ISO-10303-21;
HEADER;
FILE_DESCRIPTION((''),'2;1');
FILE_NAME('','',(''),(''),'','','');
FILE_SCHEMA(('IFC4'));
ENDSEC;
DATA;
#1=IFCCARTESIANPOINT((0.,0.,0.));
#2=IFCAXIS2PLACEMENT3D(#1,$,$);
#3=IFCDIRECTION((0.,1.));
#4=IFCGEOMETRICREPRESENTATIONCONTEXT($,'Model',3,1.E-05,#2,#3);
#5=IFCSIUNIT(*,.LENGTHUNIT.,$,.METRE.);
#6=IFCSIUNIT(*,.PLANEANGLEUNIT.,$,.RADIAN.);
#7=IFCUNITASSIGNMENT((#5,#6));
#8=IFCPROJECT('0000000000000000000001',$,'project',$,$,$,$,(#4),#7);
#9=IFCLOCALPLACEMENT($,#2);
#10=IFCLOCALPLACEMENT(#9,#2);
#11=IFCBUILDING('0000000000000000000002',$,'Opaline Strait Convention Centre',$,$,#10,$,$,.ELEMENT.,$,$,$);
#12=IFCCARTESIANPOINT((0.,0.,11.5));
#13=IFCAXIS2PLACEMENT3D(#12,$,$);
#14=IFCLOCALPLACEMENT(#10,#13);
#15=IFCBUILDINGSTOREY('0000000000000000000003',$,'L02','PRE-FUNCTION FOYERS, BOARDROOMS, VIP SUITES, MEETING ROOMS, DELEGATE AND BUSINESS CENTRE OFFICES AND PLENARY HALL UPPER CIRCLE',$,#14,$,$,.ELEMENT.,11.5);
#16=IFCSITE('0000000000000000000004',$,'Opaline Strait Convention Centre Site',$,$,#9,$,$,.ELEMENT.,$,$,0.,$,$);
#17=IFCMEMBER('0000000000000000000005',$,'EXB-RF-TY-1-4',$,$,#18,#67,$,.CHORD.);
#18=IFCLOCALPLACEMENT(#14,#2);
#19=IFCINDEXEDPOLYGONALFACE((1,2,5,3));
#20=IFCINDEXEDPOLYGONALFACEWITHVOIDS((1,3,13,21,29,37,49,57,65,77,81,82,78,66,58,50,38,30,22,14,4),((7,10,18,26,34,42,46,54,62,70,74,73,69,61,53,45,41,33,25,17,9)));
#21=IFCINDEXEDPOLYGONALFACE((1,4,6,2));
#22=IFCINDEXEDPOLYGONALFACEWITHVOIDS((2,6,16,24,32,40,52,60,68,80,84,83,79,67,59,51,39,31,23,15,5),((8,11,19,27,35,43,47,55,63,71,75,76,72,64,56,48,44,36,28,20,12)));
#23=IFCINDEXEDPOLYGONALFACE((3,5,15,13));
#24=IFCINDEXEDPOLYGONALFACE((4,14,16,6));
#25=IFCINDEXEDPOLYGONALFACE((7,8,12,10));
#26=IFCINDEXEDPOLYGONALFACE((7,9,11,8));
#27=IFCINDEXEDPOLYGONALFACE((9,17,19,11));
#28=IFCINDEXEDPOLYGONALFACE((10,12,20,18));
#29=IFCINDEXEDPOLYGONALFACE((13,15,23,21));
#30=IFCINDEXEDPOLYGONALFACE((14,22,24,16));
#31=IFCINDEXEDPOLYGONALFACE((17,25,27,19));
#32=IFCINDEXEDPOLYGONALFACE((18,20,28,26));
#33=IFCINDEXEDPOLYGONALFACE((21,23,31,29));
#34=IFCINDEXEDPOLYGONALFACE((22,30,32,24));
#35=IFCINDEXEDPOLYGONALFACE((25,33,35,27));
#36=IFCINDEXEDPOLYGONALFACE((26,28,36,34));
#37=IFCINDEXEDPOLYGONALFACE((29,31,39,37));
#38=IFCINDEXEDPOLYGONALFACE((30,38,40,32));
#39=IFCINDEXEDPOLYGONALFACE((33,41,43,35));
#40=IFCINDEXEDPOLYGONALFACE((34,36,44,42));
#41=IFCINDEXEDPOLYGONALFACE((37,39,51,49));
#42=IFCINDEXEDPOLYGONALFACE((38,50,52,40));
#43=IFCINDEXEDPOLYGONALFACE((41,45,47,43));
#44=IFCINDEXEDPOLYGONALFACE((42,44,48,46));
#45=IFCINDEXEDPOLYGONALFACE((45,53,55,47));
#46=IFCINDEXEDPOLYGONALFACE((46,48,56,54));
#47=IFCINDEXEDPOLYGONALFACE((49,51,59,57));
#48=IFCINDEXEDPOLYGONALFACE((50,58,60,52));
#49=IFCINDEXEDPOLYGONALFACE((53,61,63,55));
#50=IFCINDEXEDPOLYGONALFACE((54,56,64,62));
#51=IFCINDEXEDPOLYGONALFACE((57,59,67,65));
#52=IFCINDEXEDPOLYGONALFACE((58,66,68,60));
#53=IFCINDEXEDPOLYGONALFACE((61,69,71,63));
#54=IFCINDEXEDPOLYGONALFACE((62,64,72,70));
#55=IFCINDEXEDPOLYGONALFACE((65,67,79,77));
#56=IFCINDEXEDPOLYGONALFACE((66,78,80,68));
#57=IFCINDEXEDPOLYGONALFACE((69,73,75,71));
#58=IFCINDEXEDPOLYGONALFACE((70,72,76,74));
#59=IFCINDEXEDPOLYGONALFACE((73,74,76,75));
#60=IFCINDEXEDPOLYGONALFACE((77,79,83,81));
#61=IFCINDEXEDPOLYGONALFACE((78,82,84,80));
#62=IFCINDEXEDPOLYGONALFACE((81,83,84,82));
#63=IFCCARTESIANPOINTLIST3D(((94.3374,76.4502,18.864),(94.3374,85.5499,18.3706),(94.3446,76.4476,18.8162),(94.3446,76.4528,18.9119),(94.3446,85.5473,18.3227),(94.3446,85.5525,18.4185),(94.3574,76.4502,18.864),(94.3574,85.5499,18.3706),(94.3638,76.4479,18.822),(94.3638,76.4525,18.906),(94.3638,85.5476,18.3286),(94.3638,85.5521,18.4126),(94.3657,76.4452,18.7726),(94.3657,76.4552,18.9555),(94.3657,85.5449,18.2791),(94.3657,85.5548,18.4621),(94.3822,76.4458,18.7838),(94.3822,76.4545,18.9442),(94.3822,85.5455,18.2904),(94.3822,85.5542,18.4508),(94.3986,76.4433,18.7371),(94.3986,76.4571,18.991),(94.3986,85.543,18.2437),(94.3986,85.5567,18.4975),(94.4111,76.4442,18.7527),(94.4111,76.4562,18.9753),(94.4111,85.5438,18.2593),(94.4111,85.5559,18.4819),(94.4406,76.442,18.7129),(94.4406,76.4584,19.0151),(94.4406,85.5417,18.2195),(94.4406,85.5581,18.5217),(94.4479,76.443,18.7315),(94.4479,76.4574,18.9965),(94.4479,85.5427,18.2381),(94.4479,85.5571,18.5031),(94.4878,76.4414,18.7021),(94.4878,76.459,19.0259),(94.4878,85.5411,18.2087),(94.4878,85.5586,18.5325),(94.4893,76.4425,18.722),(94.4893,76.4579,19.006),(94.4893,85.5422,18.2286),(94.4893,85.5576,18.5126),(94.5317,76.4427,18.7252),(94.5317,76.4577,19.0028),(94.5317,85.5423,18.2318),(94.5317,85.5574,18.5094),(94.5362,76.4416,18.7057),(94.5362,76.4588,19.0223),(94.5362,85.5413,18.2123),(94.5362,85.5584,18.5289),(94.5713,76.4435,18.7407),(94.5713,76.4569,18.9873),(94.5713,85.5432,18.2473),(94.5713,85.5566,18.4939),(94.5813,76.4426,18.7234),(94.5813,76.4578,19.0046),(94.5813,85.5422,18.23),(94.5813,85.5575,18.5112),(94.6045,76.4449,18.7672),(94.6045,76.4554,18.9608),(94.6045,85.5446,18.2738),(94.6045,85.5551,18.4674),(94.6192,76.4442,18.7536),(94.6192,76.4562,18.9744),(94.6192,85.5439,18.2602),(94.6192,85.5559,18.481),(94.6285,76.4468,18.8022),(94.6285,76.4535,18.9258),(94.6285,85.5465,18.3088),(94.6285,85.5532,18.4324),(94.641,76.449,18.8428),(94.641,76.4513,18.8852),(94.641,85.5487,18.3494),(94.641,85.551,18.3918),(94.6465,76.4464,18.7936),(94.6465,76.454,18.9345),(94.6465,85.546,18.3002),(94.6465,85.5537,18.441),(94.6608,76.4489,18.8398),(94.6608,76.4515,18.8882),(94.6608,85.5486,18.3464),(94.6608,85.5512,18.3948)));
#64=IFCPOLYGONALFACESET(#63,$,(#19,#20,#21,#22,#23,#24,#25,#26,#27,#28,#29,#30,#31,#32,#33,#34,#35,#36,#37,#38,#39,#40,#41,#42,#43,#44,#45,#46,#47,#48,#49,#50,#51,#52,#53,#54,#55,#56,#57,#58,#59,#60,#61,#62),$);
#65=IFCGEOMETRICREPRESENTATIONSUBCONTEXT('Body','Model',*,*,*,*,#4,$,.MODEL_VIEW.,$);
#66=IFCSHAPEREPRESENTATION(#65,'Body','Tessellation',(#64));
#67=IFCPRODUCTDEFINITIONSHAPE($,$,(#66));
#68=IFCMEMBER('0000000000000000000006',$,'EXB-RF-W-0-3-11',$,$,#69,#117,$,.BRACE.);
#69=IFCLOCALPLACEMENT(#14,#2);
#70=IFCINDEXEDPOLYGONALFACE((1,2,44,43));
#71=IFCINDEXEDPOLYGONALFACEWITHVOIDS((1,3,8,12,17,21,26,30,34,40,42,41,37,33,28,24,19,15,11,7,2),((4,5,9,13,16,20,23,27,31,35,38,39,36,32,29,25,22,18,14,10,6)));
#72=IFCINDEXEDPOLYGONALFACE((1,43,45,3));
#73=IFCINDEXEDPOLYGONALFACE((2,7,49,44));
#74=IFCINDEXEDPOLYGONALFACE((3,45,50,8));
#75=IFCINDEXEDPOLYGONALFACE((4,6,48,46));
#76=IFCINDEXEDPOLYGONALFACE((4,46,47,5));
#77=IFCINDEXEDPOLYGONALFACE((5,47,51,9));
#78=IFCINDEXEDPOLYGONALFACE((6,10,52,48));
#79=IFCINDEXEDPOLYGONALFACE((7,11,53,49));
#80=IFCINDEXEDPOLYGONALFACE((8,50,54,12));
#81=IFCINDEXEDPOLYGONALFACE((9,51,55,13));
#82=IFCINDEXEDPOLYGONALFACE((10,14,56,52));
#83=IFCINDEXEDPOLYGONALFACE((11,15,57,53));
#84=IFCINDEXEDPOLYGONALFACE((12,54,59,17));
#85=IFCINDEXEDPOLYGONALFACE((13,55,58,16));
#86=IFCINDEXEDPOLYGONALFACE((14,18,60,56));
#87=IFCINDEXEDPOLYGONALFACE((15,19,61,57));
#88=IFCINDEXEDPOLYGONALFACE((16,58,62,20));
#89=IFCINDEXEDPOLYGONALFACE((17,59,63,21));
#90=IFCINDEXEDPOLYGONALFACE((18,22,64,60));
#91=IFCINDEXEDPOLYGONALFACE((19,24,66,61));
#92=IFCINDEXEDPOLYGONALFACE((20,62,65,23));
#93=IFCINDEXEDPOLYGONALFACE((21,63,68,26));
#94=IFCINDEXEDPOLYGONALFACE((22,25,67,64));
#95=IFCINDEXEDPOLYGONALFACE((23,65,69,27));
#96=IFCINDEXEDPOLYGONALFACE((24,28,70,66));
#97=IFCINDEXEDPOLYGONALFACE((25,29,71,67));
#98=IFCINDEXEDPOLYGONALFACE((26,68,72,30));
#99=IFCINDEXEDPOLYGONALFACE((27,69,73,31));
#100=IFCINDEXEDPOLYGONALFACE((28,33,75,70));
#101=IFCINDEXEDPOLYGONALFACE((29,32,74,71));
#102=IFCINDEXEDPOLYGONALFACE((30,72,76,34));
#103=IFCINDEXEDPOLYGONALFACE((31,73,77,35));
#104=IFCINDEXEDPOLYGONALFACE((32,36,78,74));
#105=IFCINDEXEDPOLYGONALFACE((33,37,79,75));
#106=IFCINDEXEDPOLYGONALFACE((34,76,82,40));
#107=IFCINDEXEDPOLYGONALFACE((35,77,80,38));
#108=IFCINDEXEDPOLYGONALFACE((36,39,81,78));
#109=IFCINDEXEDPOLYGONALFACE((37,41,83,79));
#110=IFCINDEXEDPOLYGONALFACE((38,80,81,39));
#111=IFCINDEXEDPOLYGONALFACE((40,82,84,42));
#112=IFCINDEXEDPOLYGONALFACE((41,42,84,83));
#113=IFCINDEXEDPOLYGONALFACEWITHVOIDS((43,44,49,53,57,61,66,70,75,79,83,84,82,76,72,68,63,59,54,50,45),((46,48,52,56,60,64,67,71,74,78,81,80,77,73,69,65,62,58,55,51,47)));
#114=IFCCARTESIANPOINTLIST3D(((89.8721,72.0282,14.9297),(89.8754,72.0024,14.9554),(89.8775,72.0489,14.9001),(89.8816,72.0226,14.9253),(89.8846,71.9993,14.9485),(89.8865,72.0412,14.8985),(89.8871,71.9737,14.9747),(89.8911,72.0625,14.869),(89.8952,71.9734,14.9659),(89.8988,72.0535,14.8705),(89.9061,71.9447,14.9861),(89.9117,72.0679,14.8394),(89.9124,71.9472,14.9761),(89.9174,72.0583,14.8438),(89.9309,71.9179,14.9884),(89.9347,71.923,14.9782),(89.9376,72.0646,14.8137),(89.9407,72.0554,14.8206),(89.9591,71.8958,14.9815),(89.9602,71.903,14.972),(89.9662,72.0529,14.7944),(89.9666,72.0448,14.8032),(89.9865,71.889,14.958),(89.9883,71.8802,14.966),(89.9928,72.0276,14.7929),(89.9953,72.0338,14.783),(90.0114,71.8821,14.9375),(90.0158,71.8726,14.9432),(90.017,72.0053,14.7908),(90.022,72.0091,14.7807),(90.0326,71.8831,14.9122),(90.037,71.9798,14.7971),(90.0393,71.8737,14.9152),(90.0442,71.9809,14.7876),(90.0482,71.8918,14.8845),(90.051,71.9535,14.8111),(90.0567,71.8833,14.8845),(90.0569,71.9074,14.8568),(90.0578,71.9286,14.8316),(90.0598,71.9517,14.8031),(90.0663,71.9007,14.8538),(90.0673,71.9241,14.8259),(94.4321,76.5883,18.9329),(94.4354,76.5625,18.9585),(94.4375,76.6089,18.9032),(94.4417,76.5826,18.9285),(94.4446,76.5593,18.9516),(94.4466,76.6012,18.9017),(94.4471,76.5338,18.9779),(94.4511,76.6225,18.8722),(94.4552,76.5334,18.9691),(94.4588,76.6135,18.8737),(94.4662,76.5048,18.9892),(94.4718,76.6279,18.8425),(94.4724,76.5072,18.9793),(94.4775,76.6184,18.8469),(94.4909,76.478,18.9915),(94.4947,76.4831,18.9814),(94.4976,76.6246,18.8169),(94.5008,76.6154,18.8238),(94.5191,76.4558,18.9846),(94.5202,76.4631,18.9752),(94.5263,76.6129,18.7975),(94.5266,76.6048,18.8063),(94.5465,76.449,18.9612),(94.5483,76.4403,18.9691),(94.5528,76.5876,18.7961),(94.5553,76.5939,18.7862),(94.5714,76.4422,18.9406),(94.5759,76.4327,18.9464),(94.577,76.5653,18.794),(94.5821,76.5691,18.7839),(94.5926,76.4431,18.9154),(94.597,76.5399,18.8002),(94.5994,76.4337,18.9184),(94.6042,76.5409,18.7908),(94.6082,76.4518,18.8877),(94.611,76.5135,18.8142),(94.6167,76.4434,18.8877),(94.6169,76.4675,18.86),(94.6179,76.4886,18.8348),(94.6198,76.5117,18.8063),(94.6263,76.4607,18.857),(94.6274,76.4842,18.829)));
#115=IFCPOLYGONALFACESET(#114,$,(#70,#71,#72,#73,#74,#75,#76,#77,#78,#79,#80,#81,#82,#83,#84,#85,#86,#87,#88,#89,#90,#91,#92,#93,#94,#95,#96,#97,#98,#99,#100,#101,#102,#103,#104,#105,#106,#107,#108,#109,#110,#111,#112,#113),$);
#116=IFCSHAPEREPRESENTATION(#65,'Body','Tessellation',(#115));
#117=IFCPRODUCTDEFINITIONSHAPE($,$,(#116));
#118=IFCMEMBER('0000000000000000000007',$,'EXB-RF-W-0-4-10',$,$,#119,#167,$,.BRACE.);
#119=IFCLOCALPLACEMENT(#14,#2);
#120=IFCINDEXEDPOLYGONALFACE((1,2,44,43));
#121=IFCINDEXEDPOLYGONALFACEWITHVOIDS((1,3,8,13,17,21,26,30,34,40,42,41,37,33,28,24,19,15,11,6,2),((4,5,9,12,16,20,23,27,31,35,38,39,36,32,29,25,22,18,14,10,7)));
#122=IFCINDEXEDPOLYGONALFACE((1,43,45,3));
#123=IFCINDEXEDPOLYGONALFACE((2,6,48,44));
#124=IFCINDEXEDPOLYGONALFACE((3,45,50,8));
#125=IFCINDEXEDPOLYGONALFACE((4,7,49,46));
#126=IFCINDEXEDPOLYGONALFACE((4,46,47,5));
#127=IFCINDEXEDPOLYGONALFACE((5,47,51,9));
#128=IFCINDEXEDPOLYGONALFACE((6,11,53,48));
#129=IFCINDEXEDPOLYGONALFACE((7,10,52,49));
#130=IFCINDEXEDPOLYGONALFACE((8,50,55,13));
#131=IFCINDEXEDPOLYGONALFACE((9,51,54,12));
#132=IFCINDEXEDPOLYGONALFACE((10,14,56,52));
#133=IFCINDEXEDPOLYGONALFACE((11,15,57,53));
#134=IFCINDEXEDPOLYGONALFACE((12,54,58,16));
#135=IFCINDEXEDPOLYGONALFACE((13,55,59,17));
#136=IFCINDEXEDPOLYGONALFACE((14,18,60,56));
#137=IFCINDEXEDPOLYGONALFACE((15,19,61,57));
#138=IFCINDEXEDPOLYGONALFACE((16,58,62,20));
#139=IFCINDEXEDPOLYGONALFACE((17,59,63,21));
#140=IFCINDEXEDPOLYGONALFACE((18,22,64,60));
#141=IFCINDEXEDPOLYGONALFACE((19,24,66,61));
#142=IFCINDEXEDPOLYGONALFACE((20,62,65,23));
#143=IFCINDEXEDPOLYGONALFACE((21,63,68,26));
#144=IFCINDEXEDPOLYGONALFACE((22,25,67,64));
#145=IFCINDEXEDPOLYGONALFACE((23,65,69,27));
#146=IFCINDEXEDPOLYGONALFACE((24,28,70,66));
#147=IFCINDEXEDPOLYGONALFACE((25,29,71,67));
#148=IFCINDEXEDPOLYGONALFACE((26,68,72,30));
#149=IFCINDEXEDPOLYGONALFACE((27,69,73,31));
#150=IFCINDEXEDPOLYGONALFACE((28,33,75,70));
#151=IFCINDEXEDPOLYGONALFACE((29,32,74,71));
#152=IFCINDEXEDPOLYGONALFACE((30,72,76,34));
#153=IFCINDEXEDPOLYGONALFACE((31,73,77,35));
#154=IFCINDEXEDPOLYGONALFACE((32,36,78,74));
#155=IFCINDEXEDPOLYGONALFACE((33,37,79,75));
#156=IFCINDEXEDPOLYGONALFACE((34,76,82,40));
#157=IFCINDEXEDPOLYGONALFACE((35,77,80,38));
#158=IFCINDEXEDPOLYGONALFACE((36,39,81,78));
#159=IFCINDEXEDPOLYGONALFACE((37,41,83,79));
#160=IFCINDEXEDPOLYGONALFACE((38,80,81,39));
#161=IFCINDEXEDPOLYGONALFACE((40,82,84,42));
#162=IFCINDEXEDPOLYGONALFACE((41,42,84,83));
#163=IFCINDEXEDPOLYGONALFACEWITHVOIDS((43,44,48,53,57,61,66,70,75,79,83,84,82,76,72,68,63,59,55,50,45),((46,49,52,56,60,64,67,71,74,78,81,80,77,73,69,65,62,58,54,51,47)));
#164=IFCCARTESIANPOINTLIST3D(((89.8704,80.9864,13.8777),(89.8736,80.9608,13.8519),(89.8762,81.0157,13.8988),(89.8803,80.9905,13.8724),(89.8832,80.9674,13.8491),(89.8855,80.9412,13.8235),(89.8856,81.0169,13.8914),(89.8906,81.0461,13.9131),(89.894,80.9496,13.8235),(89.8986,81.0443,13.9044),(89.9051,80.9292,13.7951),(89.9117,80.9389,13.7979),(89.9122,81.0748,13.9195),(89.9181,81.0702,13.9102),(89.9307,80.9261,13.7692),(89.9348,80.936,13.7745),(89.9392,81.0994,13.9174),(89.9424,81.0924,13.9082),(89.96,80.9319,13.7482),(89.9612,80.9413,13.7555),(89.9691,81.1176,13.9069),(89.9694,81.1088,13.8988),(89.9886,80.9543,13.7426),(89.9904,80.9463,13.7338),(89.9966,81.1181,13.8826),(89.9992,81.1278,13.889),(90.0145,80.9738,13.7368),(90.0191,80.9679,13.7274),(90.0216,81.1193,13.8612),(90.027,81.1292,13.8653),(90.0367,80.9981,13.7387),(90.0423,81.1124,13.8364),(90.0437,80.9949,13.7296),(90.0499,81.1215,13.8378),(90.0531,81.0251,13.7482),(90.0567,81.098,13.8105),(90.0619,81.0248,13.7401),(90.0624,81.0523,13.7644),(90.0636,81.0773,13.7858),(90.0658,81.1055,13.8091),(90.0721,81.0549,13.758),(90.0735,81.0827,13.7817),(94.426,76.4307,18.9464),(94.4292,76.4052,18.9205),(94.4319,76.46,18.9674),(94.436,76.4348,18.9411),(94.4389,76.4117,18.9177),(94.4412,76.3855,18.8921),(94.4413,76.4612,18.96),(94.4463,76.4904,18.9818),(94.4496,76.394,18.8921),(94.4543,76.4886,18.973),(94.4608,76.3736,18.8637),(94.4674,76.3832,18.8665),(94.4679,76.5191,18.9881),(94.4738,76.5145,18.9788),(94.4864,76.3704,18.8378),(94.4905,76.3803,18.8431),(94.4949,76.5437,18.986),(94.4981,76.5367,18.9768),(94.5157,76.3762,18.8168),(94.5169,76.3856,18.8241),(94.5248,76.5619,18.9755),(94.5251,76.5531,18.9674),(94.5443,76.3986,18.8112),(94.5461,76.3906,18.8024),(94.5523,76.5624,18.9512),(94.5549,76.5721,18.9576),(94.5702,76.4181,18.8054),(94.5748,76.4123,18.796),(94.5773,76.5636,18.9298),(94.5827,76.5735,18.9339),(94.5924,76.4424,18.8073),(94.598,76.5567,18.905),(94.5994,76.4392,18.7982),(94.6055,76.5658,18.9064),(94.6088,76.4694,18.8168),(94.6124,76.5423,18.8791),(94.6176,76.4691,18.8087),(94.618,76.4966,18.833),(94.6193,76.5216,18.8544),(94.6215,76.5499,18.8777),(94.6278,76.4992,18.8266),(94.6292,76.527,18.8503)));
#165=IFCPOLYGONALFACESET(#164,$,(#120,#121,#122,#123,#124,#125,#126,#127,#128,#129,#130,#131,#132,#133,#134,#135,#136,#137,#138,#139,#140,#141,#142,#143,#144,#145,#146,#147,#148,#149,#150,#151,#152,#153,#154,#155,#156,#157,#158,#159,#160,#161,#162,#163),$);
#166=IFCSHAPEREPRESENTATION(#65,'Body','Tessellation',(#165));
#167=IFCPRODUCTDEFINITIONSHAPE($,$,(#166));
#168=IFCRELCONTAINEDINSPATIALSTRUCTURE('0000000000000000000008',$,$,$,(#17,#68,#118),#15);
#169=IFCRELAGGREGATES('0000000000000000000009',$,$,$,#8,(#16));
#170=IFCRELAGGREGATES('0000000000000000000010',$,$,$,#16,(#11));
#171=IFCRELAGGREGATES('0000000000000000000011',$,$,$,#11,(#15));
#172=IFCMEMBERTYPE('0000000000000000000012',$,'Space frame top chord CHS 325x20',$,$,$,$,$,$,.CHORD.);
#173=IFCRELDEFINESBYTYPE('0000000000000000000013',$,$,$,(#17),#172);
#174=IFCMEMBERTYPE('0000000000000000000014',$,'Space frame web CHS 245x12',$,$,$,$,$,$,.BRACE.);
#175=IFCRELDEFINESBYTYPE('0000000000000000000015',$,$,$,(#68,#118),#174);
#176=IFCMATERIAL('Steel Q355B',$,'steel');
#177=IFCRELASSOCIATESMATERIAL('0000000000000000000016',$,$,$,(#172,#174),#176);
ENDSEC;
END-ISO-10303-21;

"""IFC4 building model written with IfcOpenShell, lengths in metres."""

from ifc_helpers import new_model, si_unit, direction, frame, origin, origin_2d, place, context, subcontext, project, spatial, hollow_circle, extrude, material, material_profile, profile_set, type_object, element, save


model = new_model("IFC4")

# Units and contexts
model_context = context("Model", 3, precision=1e-05, world=origin(), true_north=direction((0.0, 1.0)))
body_context = subcontext(model_context, "Body", "Model", "MODEL_VIEW")
ifc_project = project(units=[si_unit("LENGTHUNIT", "METRE"), si_unit("PLANEANGLEUNIT", "RADIAN")], contexts=[model_context])

# Site, building, storey
site_placement = place(None, origin())
site = spatial("IfcSite", under=ifc_project, at=site_placement, Name="Opaline Strait Convention Centre Site", CompositionType="ELEMENT", RefElevation=0.0)
building_placement = place(site_placement, origin())
building = spatial("IfcBuilding", under=site, at=building_placement, Name="Opaline Strait Convention Centre", CompositionType="ELEMENT")
storey_placement = place(building_placement, frame((0.0, 0.0, 11.5)))
storey = spatial("IfcBuildingStorey", under=building, at=storey_placement, Name="L02", Description="PRE-FUNCTION FOYERS, BOARDROOMS, VIP SUITES, MEETING ROOMS, DELEGATE AND BUSINESS CENTRE OFFICES AND PLENARY HALL UPPER CIRCLE", CompositionType="ELEMENT", Elevation=11.5)

# Members
ifc_material_1 = material(Name="Steel Q355B", Category="steel")
ifc_material_profile_1 = material_profile(ifc_material_1, hollow_circle(Radius=0.1626, WallThickness=0.02, at=origin_2d()), Name="CHS 325x20")
ifc_profile_set_1 = profile_set([ifc_material_profile_1], Name="Steel Q355B")
member_type_1 = type_object("IfcMemberType", Name="Space frame top chord CHS 325x20", PredefinedType="CHORD", material=ifc_profile_set_1)
member_1_placement = place(storey_placement, frame((94.5, 76.4502, 18.864), z_axis=(0.0, 0.998533, -0.054143), x_axis=(-1.0, 0.0, 0.0)))
element("IfcMember", 1, at=member_1_placement, inside=storey, type_object=member_type_1, Name="EXB-RF-TY-1-4", PredefinedType="CHORD", context=body_context, shape_type="SweptSolid", body=[
    extrude(hollow_circle(Radius=0.1626, WallThickness=0.02, at=origin_2d()), origin(), (0.0, 0.0, 1.0), 9.113),
])
ifc_material_profile_2 = material_profile(ifc_material_1, hollow_circle(Radius=0.1226, WallThickness=0.012, at=origin_2d()), Name="CHS 245x12")
ifc_profile_set_2 = profile_set([ifc_material_profile_2], Name="Steel Q355B")
member_type_2 = type_object("IfcMemberType", Name="Space frame web CHS 245x12", PredefinedType="BRACE", material=ifc_profile_set_2)
member_2_placement = place(storey_placement, frame((94.53, 76.53, 18.8877), z_axis=(-0.600769, -0.600769, -0.527402), x_axis=(0.707107, -0.707107, 0.0)))
element("IfcMember", 2, at=member_2_placement, inside=storey, type_object=member_type_2, Name="EXB-RF-W-0-3-11", PredefinedType="BRACE", context=body_context, shape_type="SweptSolid", body=[
    extrude(hollow_circle(Radius=0.1226, WallThickness=0.012, at=origin_2d()), origin(), (0.0, 0.0, 1.0), 7.5903),
])
member_3_placement = place(storey_placement, frame((94.5278, 76.4722, 18.8921), z_axis=(-0.555739, 0.555739, -0.618311), x_axis=(-0.707107, -0.707107, 0.0)))
element("IfcMember", 3, at=member_3_placement, inside=storey, type_object=member_type_2, Name="EXB-RF-W-0-4-10", PredefinedType="BRACE", context=body_context, shape_type="SweptSolid", body=[
    extrude(hollow_circle(Radius=0.1226, WallThickness=0.012, at=origin_2d()), origin(), (0.0, 0.0, 1.0), 8.1975),
])

save(model, "model.ifc")
